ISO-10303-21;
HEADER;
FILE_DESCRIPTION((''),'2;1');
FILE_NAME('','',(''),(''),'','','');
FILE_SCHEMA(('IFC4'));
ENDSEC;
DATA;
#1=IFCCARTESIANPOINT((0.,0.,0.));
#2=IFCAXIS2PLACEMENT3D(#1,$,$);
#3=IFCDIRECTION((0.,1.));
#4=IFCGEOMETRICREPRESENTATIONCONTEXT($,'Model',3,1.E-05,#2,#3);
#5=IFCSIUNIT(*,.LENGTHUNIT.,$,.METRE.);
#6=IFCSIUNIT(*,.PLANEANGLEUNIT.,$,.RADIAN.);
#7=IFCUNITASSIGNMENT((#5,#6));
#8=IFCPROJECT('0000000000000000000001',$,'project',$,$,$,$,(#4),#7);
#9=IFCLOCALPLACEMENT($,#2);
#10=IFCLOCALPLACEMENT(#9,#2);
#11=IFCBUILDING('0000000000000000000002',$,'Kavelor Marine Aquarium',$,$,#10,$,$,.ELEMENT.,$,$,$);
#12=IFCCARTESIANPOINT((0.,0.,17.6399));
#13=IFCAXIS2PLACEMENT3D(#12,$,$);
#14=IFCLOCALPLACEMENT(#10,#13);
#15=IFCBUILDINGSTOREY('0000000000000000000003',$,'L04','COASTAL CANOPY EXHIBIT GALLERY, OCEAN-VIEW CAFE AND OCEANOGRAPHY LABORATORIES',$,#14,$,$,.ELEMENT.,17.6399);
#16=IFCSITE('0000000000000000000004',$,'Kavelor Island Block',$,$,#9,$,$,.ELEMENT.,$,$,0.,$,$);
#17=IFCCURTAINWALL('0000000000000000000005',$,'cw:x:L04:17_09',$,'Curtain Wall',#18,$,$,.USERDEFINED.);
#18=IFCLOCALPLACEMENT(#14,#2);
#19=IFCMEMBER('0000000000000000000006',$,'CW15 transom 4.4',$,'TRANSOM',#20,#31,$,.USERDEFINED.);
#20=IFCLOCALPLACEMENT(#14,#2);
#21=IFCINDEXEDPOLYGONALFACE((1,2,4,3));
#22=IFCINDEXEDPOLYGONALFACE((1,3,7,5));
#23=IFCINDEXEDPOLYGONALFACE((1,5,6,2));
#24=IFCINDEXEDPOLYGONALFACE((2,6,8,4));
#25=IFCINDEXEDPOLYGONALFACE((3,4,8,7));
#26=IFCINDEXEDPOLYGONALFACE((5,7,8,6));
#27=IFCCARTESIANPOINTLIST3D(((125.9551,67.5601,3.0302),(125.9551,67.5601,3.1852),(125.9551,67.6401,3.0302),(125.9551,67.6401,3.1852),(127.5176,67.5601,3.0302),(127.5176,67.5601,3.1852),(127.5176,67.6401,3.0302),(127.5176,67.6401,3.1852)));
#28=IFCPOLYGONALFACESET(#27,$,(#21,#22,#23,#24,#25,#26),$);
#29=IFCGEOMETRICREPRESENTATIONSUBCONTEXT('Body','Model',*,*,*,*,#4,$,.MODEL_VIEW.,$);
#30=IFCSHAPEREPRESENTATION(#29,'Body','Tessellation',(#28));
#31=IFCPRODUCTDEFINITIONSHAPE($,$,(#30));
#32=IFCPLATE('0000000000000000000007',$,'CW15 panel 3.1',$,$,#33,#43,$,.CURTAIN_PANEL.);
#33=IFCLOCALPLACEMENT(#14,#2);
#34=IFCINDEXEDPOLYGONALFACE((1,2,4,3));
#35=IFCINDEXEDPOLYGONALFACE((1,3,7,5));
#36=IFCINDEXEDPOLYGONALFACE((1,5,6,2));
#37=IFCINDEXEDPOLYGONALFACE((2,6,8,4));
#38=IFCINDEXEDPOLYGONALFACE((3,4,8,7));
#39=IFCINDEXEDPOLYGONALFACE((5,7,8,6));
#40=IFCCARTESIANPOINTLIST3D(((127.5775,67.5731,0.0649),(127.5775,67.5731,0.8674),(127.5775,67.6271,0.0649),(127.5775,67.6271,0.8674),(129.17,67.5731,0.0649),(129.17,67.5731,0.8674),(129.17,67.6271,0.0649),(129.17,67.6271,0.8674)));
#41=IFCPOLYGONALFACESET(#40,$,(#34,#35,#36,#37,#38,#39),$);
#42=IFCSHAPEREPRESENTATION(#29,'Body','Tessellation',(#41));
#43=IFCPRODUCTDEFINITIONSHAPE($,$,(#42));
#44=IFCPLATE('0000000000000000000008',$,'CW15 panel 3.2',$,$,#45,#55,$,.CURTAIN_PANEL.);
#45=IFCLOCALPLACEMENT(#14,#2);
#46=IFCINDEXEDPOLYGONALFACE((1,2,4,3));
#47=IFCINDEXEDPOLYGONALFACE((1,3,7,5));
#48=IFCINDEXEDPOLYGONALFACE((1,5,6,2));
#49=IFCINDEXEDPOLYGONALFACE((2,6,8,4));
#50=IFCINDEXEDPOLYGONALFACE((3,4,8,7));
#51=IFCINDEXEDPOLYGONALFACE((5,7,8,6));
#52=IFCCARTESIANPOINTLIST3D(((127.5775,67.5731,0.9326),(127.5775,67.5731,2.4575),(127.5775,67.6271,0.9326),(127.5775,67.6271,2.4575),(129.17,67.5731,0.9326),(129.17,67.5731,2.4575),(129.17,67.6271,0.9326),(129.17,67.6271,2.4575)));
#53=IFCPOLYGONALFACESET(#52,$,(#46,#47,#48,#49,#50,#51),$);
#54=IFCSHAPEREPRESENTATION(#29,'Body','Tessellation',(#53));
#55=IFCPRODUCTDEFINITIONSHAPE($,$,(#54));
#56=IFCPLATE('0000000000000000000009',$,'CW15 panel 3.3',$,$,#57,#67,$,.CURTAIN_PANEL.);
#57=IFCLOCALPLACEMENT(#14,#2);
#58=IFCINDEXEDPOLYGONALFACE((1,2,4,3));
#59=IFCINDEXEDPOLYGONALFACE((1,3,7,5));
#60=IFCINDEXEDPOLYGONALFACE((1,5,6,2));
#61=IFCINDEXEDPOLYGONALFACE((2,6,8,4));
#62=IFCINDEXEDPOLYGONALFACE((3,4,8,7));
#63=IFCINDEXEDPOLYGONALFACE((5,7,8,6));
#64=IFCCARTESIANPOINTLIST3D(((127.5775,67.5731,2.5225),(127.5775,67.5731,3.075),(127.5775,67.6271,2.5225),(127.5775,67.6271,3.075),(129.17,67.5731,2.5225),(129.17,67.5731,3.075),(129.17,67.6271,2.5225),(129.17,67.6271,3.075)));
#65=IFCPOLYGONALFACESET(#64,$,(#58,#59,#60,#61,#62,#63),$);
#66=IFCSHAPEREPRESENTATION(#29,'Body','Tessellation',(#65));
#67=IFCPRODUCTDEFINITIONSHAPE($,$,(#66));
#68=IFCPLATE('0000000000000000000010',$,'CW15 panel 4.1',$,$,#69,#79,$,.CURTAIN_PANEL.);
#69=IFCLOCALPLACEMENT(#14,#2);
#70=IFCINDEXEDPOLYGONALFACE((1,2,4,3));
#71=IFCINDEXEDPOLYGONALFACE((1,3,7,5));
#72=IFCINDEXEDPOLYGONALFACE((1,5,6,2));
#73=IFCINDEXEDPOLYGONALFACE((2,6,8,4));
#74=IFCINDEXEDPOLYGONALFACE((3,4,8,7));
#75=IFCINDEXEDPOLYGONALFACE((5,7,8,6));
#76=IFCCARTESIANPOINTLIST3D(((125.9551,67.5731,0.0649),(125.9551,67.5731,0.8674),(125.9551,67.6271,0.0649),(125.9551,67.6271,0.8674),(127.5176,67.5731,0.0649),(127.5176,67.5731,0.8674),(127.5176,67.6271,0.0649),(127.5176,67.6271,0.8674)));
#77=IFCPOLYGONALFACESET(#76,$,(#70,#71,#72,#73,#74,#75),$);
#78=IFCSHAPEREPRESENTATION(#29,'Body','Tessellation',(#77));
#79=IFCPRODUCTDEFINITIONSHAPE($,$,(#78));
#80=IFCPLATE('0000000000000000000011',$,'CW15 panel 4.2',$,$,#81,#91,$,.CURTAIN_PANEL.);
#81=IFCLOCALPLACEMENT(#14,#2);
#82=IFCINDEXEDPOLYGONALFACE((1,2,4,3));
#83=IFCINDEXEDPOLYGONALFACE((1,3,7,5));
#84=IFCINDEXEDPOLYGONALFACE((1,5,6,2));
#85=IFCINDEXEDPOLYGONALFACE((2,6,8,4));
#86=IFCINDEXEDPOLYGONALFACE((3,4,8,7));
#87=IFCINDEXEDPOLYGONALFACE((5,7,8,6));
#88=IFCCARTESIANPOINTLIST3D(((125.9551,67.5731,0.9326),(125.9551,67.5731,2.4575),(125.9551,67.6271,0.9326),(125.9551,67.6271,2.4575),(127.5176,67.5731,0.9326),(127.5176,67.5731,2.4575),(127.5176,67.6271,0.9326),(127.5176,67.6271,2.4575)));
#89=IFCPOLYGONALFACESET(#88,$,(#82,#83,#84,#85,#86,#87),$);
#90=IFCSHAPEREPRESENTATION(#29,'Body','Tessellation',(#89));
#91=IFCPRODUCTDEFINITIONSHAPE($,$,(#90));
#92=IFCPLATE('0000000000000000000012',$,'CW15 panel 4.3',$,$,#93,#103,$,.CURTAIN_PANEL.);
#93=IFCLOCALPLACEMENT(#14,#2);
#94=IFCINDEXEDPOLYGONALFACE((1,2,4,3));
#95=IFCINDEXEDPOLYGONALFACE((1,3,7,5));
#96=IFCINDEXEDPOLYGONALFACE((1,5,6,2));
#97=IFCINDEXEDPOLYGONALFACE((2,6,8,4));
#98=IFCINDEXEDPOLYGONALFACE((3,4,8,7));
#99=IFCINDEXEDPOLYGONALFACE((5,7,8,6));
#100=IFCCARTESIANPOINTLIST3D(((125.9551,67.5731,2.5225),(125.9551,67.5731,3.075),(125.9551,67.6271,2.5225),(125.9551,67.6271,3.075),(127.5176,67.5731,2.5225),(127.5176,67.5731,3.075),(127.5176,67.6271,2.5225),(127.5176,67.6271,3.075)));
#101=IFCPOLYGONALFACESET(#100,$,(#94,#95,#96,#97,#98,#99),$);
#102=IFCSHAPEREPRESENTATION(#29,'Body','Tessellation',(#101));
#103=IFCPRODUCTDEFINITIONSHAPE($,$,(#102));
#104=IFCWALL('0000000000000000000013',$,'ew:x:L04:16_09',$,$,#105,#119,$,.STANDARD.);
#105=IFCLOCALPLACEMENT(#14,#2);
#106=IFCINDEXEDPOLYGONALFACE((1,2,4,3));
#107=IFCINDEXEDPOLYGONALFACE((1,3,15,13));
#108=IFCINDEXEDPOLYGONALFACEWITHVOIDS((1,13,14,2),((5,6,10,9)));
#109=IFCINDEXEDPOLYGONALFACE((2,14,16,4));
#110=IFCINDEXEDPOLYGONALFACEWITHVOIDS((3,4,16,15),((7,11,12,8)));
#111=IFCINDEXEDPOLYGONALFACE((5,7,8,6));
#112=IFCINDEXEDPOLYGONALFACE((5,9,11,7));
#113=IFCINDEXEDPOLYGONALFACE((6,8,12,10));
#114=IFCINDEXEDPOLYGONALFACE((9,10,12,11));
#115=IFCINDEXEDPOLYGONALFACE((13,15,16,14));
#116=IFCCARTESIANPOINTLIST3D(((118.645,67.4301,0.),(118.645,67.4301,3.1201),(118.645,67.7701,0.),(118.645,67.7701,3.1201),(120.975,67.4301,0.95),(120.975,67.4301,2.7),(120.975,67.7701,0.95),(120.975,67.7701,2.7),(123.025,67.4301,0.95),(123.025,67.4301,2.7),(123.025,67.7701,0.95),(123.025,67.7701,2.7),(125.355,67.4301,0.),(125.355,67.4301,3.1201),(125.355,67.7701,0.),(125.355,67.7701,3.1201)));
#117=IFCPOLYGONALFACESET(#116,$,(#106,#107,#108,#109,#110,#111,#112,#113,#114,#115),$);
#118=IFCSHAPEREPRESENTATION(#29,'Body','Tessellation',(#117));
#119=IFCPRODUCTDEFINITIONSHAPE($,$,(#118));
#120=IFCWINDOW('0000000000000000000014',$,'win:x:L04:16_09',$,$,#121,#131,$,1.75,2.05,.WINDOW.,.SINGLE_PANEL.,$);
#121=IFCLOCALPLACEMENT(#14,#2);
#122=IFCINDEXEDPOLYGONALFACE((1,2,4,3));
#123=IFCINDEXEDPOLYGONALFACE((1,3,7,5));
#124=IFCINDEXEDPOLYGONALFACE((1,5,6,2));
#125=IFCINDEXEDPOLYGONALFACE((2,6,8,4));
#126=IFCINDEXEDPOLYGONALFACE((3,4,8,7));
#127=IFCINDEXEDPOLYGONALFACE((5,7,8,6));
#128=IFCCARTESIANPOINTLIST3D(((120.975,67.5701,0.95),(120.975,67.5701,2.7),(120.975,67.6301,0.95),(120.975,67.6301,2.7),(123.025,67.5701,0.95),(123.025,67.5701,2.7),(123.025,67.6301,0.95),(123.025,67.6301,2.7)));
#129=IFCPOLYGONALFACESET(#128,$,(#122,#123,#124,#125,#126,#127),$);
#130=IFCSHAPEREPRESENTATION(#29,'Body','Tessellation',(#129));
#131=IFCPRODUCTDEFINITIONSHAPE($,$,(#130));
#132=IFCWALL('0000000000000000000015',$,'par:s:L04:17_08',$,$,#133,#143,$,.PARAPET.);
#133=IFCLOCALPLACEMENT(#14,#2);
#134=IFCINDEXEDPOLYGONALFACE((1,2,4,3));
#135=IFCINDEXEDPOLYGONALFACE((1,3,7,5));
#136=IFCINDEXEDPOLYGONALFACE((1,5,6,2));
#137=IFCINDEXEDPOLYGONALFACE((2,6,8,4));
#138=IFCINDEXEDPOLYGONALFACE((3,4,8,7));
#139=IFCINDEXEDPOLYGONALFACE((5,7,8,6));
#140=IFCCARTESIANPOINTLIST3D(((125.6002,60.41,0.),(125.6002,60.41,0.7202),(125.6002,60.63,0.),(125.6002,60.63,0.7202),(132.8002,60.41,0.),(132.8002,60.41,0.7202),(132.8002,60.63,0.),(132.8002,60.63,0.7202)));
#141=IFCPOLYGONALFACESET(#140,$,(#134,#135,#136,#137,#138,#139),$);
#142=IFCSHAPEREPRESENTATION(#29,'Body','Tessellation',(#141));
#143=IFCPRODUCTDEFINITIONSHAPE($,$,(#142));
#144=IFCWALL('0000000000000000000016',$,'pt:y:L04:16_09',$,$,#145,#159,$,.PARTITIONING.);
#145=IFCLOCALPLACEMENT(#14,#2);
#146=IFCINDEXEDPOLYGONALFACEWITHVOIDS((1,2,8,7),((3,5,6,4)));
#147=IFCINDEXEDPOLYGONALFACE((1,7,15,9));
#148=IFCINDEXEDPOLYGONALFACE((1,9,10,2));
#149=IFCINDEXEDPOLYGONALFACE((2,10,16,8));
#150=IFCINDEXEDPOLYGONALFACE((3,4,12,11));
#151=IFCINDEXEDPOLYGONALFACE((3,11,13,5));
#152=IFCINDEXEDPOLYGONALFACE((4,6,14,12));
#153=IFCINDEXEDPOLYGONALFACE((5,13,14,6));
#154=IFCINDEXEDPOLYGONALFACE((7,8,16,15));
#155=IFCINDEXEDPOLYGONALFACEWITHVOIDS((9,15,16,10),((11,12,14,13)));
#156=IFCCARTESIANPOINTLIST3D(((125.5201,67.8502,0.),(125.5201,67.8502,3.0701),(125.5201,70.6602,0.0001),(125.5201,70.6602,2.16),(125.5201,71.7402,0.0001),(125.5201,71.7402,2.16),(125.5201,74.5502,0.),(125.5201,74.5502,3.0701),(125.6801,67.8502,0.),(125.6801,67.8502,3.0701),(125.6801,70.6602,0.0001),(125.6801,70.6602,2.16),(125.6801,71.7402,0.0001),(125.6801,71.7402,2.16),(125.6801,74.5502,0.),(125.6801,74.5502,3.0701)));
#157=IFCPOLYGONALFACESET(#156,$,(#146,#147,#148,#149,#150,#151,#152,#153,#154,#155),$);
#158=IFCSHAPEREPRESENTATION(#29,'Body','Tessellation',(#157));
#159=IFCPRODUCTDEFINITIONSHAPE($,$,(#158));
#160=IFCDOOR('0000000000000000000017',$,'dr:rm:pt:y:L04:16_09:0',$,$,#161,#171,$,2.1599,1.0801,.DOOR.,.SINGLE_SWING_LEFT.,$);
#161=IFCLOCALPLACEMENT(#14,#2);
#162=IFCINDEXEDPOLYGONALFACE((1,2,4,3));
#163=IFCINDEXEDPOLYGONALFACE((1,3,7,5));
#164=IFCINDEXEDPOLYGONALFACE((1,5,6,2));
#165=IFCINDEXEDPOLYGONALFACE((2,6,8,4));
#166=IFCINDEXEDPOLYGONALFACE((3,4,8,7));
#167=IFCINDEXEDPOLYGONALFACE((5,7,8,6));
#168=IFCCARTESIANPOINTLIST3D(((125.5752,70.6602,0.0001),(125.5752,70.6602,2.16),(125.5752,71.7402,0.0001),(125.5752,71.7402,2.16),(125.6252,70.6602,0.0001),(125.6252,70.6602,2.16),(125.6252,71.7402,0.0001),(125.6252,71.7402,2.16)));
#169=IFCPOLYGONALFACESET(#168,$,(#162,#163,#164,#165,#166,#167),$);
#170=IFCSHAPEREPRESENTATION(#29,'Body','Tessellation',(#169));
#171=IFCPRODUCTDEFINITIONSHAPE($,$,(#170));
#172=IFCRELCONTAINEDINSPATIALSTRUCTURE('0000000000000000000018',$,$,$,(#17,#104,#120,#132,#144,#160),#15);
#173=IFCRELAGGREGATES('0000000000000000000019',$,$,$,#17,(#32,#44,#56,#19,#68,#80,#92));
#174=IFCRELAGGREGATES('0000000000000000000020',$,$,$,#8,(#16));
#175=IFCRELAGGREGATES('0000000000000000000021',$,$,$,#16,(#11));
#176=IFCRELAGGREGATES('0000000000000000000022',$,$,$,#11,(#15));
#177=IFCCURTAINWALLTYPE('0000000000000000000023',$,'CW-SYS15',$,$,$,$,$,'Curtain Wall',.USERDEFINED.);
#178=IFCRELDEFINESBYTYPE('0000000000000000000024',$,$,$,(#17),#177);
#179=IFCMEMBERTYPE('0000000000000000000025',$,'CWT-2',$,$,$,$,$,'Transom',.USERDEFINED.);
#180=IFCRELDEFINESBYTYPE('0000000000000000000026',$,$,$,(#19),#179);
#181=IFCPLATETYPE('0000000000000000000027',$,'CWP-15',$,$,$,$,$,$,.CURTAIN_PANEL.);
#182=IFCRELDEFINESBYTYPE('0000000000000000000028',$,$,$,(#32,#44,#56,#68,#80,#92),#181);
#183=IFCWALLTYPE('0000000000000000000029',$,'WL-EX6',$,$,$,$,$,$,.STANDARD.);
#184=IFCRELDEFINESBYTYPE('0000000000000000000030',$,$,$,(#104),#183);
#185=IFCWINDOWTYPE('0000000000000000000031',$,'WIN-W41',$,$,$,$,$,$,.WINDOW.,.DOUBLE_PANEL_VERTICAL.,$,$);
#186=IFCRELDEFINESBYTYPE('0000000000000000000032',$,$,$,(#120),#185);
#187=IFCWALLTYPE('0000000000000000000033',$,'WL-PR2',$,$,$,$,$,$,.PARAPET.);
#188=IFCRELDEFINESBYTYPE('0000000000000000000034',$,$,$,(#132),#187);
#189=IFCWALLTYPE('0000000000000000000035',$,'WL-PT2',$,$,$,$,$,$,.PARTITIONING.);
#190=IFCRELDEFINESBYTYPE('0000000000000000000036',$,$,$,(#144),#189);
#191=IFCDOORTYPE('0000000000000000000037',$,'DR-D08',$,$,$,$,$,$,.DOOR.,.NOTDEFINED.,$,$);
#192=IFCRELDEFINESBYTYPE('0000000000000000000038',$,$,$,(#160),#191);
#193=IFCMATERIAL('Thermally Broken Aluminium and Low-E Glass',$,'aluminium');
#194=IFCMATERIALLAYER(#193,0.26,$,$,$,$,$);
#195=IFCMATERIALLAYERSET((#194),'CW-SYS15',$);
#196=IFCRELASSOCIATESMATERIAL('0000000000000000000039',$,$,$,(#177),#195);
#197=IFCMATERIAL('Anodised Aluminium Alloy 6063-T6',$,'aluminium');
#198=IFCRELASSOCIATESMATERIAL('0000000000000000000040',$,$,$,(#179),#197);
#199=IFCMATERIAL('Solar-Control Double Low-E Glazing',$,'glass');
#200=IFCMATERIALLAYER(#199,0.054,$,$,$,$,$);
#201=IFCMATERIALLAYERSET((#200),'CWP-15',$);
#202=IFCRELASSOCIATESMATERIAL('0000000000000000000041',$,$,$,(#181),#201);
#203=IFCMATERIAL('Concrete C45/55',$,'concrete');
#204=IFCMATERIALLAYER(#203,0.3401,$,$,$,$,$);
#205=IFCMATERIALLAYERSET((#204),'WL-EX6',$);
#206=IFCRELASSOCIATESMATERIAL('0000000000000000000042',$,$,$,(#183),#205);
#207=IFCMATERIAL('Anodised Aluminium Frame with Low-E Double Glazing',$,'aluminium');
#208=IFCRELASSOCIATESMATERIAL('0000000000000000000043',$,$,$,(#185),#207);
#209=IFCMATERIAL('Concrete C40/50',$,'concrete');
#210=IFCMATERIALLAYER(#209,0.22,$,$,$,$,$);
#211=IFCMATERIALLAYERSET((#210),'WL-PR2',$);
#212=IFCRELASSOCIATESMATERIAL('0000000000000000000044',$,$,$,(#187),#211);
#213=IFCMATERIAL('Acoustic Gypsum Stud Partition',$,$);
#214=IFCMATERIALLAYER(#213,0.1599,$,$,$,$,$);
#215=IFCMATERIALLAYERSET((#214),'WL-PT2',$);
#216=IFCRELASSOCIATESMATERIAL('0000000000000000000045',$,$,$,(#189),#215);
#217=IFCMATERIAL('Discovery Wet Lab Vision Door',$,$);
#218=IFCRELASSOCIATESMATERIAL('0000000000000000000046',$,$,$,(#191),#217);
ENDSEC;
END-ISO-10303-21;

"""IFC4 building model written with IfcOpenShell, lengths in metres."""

from ifc_helpers import new_model, si_unit, direction, frame, frame_2d, origin, origin_2d, place, context, subcontext, project, spatial, rectangle, extrude, material, layer, layer_set, material_profile, profile_set, type_object, element, fill, aggregate, save


model = new_model("IFC4")

# Units and contexts
model_context = context("Model", 3, precision=1e-05, world=origin(), true_north=direction((0.0, 1.0)))
body_context = subcontext(model_context, "Body", "Model", "MODEL_VIEW")
ifc_project = project(units=[si_unit("LENGTHUNIT", "METRE"), si_unit("PLANEANGLEUNIT", "RADIAN")], contexts=[model_context])

# Site, building, storey
site_placement = place(None, origin())
site = spatial("IfcSite", under=ifc_project, at=site_placement, Name="Kavelor Island Block", CompositionType="ELEMENT", RefElevation=0.0)
building_placement = place(site_placement, origin())
building = spatial("IfcBuilding", under=site, at=building_placement, Name="Kavelor Marine Aquarium", CompositionType="ELEMENT")
storey_placement = place(building_placement, frame((0.0, 0.0, 17.6399)))
storey = spatial("IfcBuildingStorey", under=building, at=storey_placement, Name="L04", Description="COASTAL CANOPY EXHIBIT GALLERY, OCEAN-VIEW CAFE AND OCEANOGRAPHY LABORATORIES", CompositionType="ELEMENT", Elevation=17.6399)

# Curtain wall, member, plates
ifc_material_1 = material(Name="Thermally Broken Aluminium and Low-E Glass", Category="aluminium")
ifc_layer_1 = layer(ifc_material_1, 0.26)
ifc_layer_set_1 = layer_set([ifc_layer_1], Name="CW-SYS15")
curtain_wall_type = type_object("IfcCurtainWallType", Name="CW-SYS15", ElementType="Curtain Wall", PredefinedType="USERDEFINED", material=ifc_layer_set_1)
curtain_wall_placement = place(storey_placement, origin())
curtain_wall = element("IfcCurtainWall", 1, at=curtain_wall_placement, inside=storey, type_object=curtain_wall_type, Name="cw:x:L04:17_09", ObjectType="Curtain Wall", PredefinedType="USERDEFINED")
ifc_material_2 = material(Name="Anodised Aluminium Alloy 6063-T6", Category="aluminium")
ifc_material_profile_1 = material_profile(ifc_material_2, rectangle(XDim=0.0801, YDim=0.155, at=origin_2d()), Name="CW-TRN 80x155")
ifc_profile_set_1 = profile_set([ifc_material_profile_1], Name="Anodised Aluminium Alloy 6063-T6")
member_type_1 = type_object("IfcMemberType", Name="CWT-2", ElementType="Transom", PredefinedType="USERDEFINED", material=ifc_profile_set_1)
member_1_placement = place(storey_placement, frame((127.5176, 67.6001, 3.1077), z_axis=(-1.0, 0.0, 0.0), x_axis=(0.0, -1.0, 0.0)))
member_1 = element("IfcMember", 2, at=member_1_placement, type_object=member_type_1, Name="CW15 transom 4.4", ObjectType="TRANSOM", PredefinedType="USERDEFINED", context=body_context, shape_type="SweptSolid", body=[
    extrude(rectangle(XDim=0.0801, YDim=0.155, at=origin_2d()), origin(), (0.0, 0.0, 1.0), 1.5625),
])
ifc_material_3 = material(Name="Solar-Control Double Low-E Glazing", Category="glass")
ifc_layer_2 = layer(ifc_material_3, 0.054)
ifc_layer_set_2 = layer_set([ifc_layer_2], Name="CWP-15")
plate_type = type_object("IfcPlateType", Name="CWP-15", PredefinedType="CURTAIN_PANEL", material=ifc_layer_set_2)
plate_1_placement = place(storey_placement, frame((128.3738, 67.6001, 0.0649), z_axis=(0.0, 0.0, 1.0), x_axis=(-1.0, 0.0, 0.0)))
plate_1 = element("IfcPlate", 3, at=plate_1_placement, type_object=plate_type, Name="CW15 panel 3.1", PredefinedType="CURTAIN_PANEL", context=body_context, shape_type="SweptSolid", body=[
    extrude(rectangle(XDim=1.5925, YDim=0.054, at=origin_2d()), origin(), (0.0, 0.0, 1.0), 0.8025),
])
plate_2_placement = place(storey_placement, frame((128.3738, 67.6001, 0.9326), z_axis=(0.0, 0.0, 1.0), x_axis=(-1.0, 0.0, 0.0)))
plate_2 = element("IfcPlate", 4, at=plate_2_placement, type_object=plate_type, Name="CW15 panel 3.2", PredefinedType="CURTAIN_PANEL", context=body_context, shape_type="SweptSolid", body=[
    extrude(rectangle(XDim=1.5925, YDim=0.054, at=origin_2d()), origin(), (0.0, 0.0, 1.0), 1.5249),
])
plate_3_placement = place(storey_placement, frame((128.3738, 67.6001, 2.5225), z_axis=(0.0, 0.0, 1.0), x_axis=(-1.0, 0.0, 0.0)))
plate_3 = element("IfcPlate", 5, at=plate_3_placement, type_object=plate_type, Name="CW15 panel 3.3", PredefinedType="CURTAIN_PANEL", context=body_context, shape_type="SweptSolid", body=[
    extrude(rectangle(XDim=1.5925, YDim=0.054, at=origin_2d()), origin(), (0.0, 0.0, 1.0), 0.5525),
])
plate_4_placement = place(storey_placement, frame((126.7363, 67.6001, 0.0649), z_axis=(0.0, 0.0, 1.0), x_axis=(-1.0, 0.0, 0.0)))
plate_4 = element("IfcPlate", 6, at=plate_4_placement, type_object=plate_type, Name="CW15 panel 4.1", PredefinedType="CURTAIN_PANEL", context=body_context, shape_type="SweptSolid", body=[
    extrude(rectangle(XDim=1.5625, YDim=0.054, at=origin_2d()), origin(), (0.0, 0.0, 1.0), 0.8025),
])
plate_5_placement = place(storey_placement, frame((126.7363, 67.6001, 0.9326), z_axis=(0.0, 0.0, 1.0), x_axis=(-1.0, 0.0, 0.0)))
plate_5 = element("IfcPlate", 7, at=plate_5_placement, type_object=plate_type, Name="CW15 panel 4.2", PredefinedType="CURTAIN_PANEL", context=body_context, shape_type="SweptSolid", body=[
    extrude(rectangle(XDim=1.5625, YDim=0.054, at=origin_2d()), origin(), (0.0, 0.0, 1.0), 1.5249),
])
plate_6_placement = place(storey_placement, frame((126.7363, 67.6001, 2.5225), z_axis=(0.0, 0.0, 1.0), x_axis=(-1.0, 0.0, 0.0)))
plate_6 = element("IfcPlate", 8, at=plate_6_placement, type_object=plate_type, Name="CW15 panel 4.3", PredefinedType="CURTAIN_PANEL", context=body_context, shape_type="SweptSolid", body=[
    extrude(rectangle(XDim=1.5625, YDim=0.054, at=origin_2d()), origin(), (0.0, 0.0, 1.0), 0.5525),
])
aggregate(curtain_wall, [plate_1, plate_2, plate_3, member_1, plate_4, plate_5, plate_6])

# Wall, opening, window
ifc_material_4 = material(Name="Concrete C45/55", Category="concrete")
ifc_layer_3 = layer(ifc_material_4, 0.3401)
ifc_layer_set_3 = layer_set([ifc_layer_3], Name="WL-EX6")
wall_type_1 = type_object("IfcWallType", Name="WL-EX6", PredefinedType="STANDARD", material=ifc_layer_set_3)
wall_1_placement = place(storey_placement, frame((125.355, 67.6001, 0.0), z_axis=(0.0, 0.0, 1.0), x_axis=(-1.0, 0.0, 0.0)))
wall_1 = element("IfcWall", 9, at=wall_1_placement, inside=storey, type_object=wall_type_1, Name="ew:x:L04:16_09", PredefinedType="STANDARD", context=body_context, shape_type="SweptSolid", body=[
    extrude(rectangle(XDim=6.71, YDim=0.3401, at=frame_2d((3.355, 0.0))), origin(), (0.0, 0.0, 1.0), 3.1201),
])
opening_1_placement = place(wall_1_placement, frame((2.3301, 0.0, 0.95)))
opening_1 = element("IfcOpeningElement", 10, at=opening_1_placement, cuts=wall_1, PredefinedType="OPENING", context=body_context, shape_type="SweptSolid", body=[
    extrude(rectangle(XDim=2.05, YDim=1.75, at=frame_2d((1.0249, 0.875))), frame((0.0, 0.1799, 0.0), z_axis=(0.0, -1.0, 0.0), x_axis=(1.0, 0.0, 0.0)), (0.0, 0.0, 1.0), 0.3601),
])
ifc_material_5 = material(Name="Anodised Aluminium Frame with Low-E Double Glazing", Category="aluminium")
window_type = type_object("IfcWindowType", Name="WIN-W41", PartitioningType="DOUBLE_PANEL_VERTICAL", PredefinedType="WINDOW", material=ifc_material_5)
window_placement = place(opening_1_placement, origin())
window = element("IfcWindow", 11, at=window_placement, inside=storey, type_object=window_type, Name="win:x:L04:16_09", OverallHeight=1.75, OverallWidth=2.05, PartitioningType="SINGLE_PANEL", PredefinedType="WINDOW", context=body_context, shape_type="SweptSolid", body=[
    extrude(rectangle(XDim=2.05, YDim=1.75, at=frame_2d((1.0249, 0.875))), frame((0.0, 0.03, 0.0), z_axis=(0.0, -1.0, 0.0), x_axis=(1.0, 0.0, 0.0)), (0.0, 0.0, 1.0), 0.0601),
])
fill(opening_1, window)

# Wall
ifc_material_6 = material(Name="Concrete C40/50", Category="concrete")
ifc_layer_4 = layer(ifc_material_6, 0.22)
ifc_layer_set_4 = layer_set([ifc_layer_4], Name="WL-PR2")
wall_type_2 = type_object("IfcWallType", Name="WL-PR2", PredefinedType="PARAPET", material=ifc_layer_set_4)
wall_2_placement = place(storey_placement, frame((125.6001, 60.52, 0.0), z_axis=(0.0, 0.0, 1.0), x_axis=(1.0, 0.0, 0.0)))
element("IfcWall", 12, at=wall_2_placement, inside=storey, type_object=wall_type_2, Name="par:s:L04:17_08", PredefinedType="PARAPET", context=body_context, shape_type="SweptSolid", body=[
    extrude(rectangle(XDim=7.2, YDim=0.22, at=frame_2d((3.6001, 0.0))), origin(), (0.0, 0.0, 1.0), 0.7202),
])

# Wall, opening, door
ifc_material_7 = material(Name="Acoustic Gypsum Stud Partition")
ifc_layer_5 = layer(ifc_material_7, 0.1599)
ifc_layer_set_5 = layer_set([ifc_layer_5], Name="WL-PT2")
wall_type_3 = type_object("IfcWallType", Name="WL-PT2", PredefinedType="PARTITIONING", material=ifc_layer_set_5)
wall_3_placement = place(storey_placement, frame((125.6001, 67.8501, 0.0), z_axis=(0.0, 0.0, 1.0), x_axis=(0.0, 1.0, 0.0)))
wall_3 = element("IfcWall", 13, at=wall_3_placement, inside=storey, type_object=wall_type_3, Name="pt:y:L04:16_09", PredefinedType="PARTITIONING", context=body_context, shape_type="SweptSolid", body=[
    extrude(rectangle(XDim=6.7, YDim=0.1599, at=frame_2d((3.3501, 0.0))), origin(), (0.0, 0.0, 1.0), 3.0701),
])
opening_2_placement = place(wall_3_placement, frame((2.8101, 0.0, 0.0)))
opening_2 = element("IfcOpeningElement", 14, at=opening_2_placement, cuts=wall_3, PredefinedType="OPENING", context=body_context, shape_type="SweptSolid", body=[
    extrude(rectangle(XDim=1.0801, YDim=2.1599, at=frame_2d((0.54, 1.0801))), frame((0.0, 0.0898, 0.0), z_axis=(0.0, -1.0, 0.0), x_axis=(1.0, 0.0, 0.0)), (0.0, 0.0, 1.0), 0.1799),
])
ifc_material_8 = material(Name="Discovery Wet Lab Vision Door")
door_type = type_object("IfcDoorType", Name="DR-D08", OperationType="NOTDEFINED", PredefinedType="DOOR", material=ifc_material_8)
door_placement = place(opening_2_placement, origin())
door = element("IfcDoor", 15, at=door_placement, inside=storey, type_object=door_type, Name="dr:rm:pt:y:L04:16_09:0", OperationType="SINGLE_SWING_LEFT", OverallHeight=2.1599, OverallWidth=1.0801, PredefinedType="DOOR", context=body_context, shape_type="SweptSolid", body=[
    extrude(rectangle(XDim=1.0801, YDim=2.1599, at=frame_2d((0.54, 1.0801))), frame((0.0, 0.0249, 0.0), z_axis=(0.0, -1.0, 0.0), x_axis=(1.0, 0.0, 0.0)), (0.0, 0.0, 1.0), 0.05),
])
fill(opening_2, door)

save(model, "model.ifc")
